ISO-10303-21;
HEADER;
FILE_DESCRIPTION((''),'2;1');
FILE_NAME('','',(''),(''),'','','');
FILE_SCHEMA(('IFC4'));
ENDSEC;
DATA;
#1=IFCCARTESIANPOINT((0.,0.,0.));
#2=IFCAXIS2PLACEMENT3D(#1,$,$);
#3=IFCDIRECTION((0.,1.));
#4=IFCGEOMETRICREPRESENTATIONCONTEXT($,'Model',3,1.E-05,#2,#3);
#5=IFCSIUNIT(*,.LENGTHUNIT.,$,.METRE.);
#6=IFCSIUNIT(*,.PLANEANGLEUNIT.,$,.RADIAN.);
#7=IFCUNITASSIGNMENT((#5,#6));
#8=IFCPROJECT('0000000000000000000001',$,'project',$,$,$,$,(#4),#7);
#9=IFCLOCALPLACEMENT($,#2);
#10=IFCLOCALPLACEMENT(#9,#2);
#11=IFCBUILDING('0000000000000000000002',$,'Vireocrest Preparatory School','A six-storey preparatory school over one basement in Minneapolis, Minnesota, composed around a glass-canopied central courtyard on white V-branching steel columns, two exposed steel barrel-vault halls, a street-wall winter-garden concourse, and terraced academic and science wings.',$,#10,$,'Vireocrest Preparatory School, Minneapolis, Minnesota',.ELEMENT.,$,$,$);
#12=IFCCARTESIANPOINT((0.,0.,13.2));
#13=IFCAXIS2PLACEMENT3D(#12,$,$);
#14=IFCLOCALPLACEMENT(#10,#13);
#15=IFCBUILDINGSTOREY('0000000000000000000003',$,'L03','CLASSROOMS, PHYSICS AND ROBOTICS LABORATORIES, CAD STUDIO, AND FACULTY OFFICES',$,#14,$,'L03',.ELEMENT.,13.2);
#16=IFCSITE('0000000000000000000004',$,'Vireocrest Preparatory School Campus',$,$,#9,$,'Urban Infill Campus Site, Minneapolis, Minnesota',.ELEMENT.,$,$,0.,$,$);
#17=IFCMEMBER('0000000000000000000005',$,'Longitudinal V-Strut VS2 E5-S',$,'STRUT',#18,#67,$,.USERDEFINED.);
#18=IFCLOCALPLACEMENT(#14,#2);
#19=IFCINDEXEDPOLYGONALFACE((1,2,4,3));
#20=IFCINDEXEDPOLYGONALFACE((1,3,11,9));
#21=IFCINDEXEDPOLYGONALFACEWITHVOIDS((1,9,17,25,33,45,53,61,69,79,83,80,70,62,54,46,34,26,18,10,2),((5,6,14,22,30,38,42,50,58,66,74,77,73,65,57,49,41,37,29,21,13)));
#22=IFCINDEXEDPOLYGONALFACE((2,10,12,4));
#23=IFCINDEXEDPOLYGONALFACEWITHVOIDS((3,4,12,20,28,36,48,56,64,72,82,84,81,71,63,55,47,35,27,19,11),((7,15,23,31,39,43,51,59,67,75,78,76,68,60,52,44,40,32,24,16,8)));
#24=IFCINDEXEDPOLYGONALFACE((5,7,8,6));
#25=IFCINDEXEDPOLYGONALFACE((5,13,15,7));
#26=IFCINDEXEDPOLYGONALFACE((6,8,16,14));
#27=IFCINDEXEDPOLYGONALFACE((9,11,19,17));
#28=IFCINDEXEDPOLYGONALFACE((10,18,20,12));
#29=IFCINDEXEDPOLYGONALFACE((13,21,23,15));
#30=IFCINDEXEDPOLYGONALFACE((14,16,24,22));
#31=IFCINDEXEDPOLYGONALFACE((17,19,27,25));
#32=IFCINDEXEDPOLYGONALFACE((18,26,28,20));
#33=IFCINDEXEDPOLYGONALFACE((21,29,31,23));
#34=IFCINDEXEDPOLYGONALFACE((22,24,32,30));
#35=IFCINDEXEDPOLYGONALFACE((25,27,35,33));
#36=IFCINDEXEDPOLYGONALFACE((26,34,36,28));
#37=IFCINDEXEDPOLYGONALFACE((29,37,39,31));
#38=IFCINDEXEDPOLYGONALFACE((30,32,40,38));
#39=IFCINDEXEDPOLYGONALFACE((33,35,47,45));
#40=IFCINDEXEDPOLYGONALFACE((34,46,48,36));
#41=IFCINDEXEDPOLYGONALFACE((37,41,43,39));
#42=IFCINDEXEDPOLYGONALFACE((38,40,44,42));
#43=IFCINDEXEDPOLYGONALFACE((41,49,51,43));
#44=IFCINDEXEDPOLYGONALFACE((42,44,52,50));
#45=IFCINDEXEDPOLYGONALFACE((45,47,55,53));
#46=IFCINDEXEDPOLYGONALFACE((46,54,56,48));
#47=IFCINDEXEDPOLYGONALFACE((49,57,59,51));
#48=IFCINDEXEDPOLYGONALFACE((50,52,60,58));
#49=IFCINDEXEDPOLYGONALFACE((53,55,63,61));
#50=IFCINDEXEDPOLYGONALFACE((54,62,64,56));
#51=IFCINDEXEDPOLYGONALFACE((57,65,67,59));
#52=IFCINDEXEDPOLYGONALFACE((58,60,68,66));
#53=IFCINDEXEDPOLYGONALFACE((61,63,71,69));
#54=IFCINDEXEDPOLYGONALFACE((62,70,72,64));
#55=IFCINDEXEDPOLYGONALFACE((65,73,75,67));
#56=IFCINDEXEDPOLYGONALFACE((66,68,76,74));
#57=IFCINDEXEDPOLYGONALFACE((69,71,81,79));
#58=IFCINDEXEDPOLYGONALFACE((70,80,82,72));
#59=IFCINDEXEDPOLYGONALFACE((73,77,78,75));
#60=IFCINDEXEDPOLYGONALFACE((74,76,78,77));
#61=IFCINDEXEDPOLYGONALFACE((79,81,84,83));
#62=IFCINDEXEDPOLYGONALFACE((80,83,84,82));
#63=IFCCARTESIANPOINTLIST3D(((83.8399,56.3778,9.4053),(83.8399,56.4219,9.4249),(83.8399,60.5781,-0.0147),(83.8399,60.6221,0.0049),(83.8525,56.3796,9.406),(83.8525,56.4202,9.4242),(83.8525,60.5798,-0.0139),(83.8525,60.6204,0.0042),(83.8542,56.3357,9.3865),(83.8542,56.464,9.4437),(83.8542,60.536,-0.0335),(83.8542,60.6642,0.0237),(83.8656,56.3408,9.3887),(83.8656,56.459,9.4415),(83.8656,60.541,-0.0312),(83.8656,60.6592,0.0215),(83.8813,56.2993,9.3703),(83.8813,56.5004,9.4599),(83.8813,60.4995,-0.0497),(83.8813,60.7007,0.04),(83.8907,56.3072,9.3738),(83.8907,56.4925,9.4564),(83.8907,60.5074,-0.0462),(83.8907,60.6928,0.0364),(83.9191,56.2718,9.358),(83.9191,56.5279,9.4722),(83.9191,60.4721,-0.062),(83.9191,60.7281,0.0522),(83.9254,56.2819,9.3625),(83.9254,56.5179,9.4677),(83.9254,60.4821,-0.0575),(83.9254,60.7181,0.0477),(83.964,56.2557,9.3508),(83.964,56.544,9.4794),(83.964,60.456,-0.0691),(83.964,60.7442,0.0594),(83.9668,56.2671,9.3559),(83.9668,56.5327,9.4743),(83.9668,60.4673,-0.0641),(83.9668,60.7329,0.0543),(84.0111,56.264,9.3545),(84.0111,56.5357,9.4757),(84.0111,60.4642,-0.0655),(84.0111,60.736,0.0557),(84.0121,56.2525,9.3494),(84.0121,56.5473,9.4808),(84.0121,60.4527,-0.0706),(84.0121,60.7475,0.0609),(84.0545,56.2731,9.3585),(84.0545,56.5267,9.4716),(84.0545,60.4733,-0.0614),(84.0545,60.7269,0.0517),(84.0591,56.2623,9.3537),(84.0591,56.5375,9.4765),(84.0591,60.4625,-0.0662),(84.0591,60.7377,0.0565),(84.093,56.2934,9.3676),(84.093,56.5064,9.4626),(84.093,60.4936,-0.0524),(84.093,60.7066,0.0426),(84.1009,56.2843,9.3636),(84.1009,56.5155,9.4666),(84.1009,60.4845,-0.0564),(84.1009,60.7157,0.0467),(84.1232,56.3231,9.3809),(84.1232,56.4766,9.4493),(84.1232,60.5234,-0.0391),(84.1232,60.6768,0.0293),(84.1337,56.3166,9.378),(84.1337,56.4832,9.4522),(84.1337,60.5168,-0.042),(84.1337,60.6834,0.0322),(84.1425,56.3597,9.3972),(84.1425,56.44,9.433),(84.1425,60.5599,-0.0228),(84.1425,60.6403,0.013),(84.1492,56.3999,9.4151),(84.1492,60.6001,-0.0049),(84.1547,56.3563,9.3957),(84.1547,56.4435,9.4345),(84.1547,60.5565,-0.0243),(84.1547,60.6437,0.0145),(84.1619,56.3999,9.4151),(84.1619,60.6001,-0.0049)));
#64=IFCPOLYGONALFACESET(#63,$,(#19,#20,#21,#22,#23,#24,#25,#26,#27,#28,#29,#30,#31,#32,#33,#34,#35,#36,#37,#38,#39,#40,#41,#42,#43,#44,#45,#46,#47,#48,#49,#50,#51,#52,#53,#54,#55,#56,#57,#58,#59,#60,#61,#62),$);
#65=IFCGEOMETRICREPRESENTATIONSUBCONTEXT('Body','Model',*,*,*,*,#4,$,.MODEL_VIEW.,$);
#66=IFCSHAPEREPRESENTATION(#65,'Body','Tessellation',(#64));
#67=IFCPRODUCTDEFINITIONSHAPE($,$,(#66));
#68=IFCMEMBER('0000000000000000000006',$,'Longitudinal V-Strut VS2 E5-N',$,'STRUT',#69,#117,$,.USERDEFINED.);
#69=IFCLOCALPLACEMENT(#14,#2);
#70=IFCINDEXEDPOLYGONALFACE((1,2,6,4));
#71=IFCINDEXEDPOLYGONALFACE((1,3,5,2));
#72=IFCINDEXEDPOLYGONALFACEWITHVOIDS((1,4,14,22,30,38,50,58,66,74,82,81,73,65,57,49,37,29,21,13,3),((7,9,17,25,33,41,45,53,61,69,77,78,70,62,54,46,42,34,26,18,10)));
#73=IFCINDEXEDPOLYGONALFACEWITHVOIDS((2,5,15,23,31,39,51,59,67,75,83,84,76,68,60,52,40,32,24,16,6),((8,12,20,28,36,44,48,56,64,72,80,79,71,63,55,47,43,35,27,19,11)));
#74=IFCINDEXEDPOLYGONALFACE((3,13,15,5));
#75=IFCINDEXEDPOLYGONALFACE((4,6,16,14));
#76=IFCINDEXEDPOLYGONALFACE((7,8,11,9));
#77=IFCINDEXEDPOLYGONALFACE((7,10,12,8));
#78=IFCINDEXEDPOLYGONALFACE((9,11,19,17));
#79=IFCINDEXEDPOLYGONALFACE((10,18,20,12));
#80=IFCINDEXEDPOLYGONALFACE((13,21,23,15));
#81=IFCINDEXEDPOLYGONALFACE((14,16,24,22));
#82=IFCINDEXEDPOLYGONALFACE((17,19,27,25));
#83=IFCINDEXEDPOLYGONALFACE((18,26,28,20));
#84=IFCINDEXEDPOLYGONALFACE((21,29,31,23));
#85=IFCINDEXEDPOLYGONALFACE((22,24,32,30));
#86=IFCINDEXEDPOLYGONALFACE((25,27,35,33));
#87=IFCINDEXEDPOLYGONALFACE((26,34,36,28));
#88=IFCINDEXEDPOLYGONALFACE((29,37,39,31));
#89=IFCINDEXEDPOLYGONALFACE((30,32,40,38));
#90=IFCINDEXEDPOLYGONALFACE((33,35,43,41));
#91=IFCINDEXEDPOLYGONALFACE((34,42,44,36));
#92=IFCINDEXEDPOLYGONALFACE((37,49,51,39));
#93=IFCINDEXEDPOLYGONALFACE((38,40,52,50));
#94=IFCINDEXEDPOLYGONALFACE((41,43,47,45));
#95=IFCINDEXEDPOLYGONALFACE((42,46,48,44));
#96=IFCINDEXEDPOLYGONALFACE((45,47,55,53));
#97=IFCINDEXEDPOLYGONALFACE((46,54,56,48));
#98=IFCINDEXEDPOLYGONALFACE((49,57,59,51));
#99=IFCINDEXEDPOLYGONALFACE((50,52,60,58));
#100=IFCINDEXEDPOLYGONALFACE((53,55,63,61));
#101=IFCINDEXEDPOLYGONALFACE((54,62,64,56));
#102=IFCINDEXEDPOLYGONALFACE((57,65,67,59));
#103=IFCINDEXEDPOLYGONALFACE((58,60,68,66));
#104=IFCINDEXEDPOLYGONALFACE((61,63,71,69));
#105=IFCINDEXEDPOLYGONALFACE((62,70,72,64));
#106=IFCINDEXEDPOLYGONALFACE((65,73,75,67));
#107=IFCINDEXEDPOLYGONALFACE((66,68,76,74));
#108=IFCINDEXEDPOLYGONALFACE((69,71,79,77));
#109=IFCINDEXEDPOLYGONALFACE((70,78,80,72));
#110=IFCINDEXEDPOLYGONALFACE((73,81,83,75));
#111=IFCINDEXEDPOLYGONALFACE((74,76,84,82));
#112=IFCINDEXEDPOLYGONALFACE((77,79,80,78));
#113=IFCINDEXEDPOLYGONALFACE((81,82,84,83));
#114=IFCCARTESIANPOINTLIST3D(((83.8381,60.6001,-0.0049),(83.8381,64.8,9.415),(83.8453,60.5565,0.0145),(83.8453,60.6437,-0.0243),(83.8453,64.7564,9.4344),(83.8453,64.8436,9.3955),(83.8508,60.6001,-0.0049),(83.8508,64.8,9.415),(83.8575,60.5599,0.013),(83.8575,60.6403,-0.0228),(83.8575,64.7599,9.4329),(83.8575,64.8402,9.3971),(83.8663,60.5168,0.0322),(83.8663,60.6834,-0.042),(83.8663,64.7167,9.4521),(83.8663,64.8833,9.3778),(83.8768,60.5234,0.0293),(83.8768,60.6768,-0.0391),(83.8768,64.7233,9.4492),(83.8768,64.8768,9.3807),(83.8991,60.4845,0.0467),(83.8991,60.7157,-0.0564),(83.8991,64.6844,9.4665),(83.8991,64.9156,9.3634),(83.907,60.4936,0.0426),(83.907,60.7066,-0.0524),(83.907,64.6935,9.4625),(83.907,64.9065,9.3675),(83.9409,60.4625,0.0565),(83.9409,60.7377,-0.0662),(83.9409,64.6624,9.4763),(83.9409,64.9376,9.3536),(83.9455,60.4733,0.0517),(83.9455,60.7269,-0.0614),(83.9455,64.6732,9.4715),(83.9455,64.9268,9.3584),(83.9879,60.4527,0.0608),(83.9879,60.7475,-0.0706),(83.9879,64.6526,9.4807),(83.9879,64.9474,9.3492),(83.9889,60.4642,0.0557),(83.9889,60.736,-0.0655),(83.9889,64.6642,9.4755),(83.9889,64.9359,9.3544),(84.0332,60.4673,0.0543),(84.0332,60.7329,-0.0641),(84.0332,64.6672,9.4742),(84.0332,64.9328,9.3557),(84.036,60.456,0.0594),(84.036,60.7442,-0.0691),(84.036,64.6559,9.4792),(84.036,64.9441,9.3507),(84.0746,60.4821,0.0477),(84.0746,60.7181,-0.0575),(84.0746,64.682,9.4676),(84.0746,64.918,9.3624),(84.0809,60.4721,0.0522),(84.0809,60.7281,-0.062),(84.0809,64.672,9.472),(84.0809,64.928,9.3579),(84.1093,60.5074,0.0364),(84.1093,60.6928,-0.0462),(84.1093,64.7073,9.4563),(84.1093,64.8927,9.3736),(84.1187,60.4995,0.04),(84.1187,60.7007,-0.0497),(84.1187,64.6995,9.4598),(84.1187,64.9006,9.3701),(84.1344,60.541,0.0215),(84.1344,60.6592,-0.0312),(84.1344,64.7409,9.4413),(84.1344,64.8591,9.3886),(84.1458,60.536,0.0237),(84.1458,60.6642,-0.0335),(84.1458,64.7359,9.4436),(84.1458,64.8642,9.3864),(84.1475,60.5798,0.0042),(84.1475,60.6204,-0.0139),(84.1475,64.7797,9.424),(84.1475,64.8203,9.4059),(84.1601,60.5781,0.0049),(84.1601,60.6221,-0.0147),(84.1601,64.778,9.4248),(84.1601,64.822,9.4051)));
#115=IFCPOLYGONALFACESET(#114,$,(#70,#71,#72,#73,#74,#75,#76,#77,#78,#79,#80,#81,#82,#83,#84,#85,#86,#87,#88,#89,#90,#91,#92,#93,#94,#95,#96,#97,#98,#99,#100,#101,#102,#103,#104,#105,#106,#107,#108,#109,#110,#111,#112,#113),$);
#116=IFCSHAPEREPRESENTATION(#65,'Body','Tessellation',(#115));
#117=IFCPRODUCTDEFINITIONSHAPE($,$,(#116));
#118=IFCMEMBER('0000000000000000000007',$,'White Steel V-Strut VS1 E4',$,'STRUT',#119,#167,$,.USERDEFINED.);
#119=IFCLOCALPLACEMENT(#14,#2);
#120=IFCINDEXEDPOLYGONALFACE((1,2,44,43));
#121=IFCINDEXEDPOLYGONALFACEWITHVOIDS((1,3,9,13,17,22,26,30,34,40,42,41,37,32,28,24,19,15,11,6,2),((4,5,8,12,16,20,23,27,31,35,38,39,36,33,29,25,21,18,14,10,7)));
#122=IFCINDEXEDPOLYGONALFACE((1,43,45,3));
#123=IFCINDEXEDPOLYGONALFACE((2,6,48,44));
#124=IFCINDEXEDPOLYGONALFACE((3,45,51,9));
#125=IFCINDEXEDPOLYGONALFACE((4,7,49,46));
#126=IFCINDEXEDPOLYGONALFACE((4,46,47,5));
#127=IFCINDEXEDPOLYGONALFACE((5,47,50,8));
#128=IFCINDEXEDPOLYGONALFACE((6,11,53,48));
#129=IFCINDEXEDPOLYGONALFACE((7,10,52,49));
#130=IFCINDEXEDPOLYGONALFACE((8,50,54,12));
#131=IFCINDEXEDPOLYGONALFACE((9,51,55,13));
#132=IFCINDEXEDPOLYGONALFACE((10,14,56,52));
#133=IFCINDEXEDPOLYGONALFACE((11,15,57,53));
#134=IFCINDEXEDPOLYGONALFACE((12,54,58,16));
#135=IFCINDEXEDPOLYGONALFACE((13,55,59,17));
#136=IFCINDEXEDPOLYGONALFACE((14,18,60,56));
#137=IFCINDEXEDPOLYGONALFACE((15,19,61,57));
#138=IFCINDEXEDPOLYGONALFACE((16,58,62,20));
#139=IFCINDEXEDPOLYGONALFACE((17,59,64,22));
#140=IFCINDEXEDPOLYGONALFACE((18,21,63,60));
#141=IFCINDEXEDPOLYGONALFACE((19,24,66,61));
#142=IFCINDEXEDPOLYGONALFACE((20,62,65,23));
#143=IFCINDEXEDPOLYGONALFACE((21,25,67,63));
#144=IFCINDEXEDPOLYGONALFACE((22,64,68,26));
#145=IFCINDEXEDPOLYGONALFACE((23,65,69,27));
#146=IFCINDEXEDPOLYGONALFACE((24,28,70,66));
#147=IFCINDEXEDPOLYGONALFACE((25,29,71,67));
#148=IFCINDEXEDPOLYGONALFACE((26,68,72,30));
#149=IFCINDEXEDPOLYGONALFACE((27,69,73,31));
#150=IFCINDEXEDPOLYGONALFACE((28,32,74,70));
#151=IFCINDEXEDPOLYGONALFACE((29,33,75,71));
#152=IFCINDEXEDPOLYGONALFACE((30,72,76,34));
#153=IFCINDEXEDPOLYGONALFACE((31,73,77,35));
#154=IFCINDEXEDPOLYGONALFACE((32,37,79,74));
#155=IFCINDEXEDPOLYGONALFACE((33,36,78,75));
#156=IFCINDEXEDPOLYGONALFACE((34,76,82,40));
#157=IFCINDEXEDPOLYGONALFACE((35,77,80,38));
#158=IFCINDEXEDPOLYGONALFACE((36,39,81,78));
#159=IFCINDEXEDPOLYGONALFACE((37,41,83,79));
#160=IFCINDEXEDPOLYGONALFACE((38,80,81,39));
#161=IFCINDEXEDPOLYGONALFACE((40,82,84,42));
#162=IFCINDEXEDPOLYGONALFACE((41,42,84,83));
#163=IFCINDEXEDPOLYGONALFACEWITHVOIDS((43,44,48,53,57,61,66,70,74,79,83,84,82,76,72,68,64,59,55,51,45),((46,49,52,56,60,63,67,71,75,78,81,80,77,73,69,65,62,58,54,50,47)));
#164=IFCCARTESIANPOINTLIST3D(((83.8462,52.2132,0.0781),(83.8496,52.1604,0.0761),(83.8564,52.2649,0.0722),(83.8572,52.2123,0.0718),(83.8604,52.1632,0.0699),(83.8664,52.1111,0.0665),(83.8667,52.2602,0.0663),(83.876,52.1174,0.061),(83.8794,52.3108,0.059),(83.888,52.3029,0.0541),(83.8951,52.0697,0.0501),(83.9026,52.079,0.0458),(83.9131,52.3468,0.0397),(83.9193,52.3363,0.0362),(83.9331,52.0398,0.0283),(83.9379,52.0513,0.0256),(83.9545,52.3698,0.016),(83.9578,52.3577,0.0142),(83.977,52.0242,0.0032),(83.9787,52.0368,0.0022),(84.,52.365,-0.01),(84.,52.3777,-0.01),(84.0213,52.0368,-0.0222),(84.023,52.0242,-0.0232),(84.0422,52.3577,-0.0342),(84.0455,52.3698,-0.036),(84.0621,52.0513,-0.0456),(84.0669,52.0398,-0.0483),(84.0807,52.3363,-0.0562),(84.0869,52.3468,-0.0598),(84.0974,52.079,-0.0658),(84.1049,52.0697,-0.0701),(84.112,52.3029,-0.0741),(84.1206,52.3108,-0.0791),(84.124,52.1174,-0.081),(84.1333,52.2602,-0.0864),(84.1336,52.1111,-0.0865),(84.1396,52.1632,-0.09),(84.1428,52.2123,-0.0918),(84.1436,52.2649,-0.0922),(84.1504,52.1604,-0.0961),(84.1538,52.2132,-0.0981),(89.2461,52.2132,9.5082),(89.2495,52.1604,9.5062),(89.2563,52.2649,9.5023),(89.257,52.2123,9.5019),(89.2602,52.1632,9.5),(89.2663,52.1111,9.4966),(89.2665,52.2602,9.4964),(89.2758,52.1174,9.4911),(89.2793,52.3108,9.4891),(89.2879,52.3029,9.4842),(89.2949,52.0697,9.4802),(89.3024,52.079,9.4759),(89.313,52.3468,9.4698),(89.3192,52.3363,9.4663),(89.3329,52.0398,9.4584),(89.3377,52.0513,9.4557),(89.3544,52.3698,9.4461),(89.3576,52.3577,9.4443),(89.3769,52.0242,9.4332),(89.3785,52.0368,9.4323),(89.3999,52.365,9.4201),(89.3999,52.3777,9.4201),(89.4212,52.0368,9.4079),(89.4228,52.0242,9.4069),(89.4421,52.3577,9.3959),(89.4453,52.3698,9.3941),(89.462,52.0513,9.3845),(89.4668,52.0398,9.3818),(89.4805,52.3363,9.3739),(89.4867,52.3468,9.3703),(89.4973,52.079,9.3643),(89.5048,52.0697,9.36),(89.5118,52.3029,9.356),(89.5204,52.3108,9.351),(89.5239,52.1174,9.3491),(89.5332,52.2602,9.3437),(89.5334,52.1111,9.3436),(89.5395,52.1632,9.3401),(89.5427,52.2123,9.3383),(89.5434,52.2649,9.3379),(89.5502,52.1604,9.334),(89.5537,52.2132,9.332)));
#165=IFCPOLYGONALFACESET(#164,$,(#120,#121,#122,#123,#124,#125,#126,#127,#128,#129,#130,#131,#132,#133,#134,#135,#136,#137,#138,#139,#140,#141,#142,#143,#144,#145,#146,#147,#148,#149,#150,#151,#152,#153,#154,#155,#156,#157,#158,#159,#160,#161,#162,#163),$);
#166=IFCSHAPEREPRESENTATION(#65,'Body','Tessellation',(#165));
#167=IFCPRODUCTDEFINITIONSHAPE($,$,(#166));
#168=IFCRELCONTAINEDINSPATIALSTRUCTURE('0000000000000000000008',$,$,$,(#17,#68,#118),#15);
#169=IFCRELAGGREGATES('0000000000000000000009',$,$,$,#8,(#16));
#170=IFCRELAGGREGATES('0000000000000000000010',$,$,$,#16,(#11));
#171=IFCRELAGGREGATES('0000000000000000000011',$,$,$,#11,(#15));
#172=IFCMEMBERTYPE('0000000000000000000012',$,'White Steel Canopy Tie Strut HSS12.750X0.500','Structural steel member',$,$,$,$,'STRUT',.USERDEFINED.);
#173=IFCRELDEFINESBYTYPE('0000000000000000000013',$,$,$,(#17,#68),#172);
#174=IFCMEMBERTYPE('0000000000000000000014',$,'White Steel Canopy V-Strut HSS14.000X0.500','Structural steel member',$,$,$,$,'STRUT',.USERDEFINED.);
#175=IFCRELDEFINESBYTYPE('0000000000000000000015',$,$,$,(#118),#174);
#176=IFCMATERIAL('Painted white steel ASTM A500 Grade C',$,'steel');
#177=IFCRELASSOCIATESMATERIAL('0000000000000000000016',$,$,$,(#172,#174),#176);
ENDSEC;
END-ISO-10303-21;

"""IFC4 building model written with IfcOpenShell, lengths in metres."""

from ifc_helpers import new_model, si_unit, direction, frame, origin, origin_2d, place, context, subcontext, project, spatial, hollow_circle, extrude, material, material_profile, profile_set, type_object, element, save


model = new_model("IFC4")

# Units and contexts
model_context = context("Model", 3, precision=1e-05, world=origin(), true_north=direction((0.0, 1.0)))
body_context = subcontext(model_context, "Body", "Model", "MODEL_VIEW")
ifc_project = project(units=[si_unit("LENGTHUNIT", "METRE"), si_unit("PLANEANGLEUNIT", "RADIAN")], contexts=[model_context])

# Site, building, storey
site_placement = place(None, origin())
site = spatial("IfcSite", under=ifc_project, at=site_placement, Name="Vireocrest Preparatory School Campus", LongName="Urban Infill Campus Site, Minneapolis, Minnesota", CompositionType="ELEMENT", RefElevation=0.0)
building_placement = place(site_placement, origin())
building = spatial("IfcBuilding", under=site, at=building_placement, Name="Vireocrest Preparatory School", Description="A six-storey preparatory school over one basement in Minneapolis, Minnesota, composed around a glass-canopied central courtyard on white V-branching steel columns, two exposed steel barrel-vault halls, a street-wall winter-garden concourse, and terraced academic and science wings.", LongName="Vireocrest Preparatory School, Minneapolis, Minnesota", CompositionType="ELEMENT")
storey_placement = place(building_placement, frame((0.0, 0.0, 13.2)))
storey = spatial("IfcBuildingStorey", under=building, at=storey_placement, Name="L03", Description="CLASSROOMS, PHYSICS AND ROBOTICS LABORATORIES, CAD STUDIO, AND FACULTY OFFICES", LongName="L03", CompositionType="ELEMENT", Elevation=13.2)

# Members
ifc_material_1 = material(Name="Painted white steel ASTM A500 Grade C", Category="steel")
ifc_material_profile_1 = material_profile(ifc_material_1, hollow_circle(Radius=0.1619, WallThickness=0.0127, at=origin_2d()), Name="HSS12.750X0.500")
ifc_profile_set_1 = profile_set([ifc_material_profile_1], Name="Painted white steel ASTM A500 Grade C")
member_type_1 = type_object("IfcMemberType", Name="White Steel Canopy Tie Strut HSS12.750X0.500", Description="Structural steel member", ElementType="STRUT", PredefinedType="USERDEFINED", material=ifc_profile_set_1)
member_1_placement = place(storey_placement, frame((84.0, 60.6001, -0.0049), z_axis=(0.0, -0.407236, 0.913323), x_axis=(1.0, 0.0, 0.0)))
element("IfcMember", 1, at=member_1_placement, inside=storey, type_object=member_type_1, Name="Longitudinal V-Strut VS2 E5-S", ObjectType="STRUT", PredefinedType="USERDEFINED", context=body_context, shape_type="SweptSolid", body=[
    extrude(hollow_circle(Radius=0.1619, WallThickness=0.0127, at=origin_2d()), origin(), (0.0, 0.0, 1.0), 10.314),
])
member_2_placement = place(storey_placement, frame((84.0, 60.6001, -0.0049), z_axis=(0.0, 0.407217, 0.913332), x_axis=(-1.0, 0.0, 0.0)))
element("IfcMember", 2, at=member_2_placement, inside=storey, type_object=member_type_1, Name="Longitudinal V-Strut VS2 E5-N", ObjectType="STRUT", PredefinedType="USERDEFINED", context=body_context, shape_type="SweptSolid", body=[
    extrude(hollow_circle(Radius=0.1619, WallThickness=0.0127, at=origin_2d()), origin(), (0.0, 0.0, 1.0), 10.3137),
])
ifc_material_profile_2 = material_profile(ifc_material_1, hollow_circle(Radius=0.1777, WallThickness=0.0127, at=origin_2d()), Name="HSS14.000X0.500")
ifc_profile_set_2 = profile_set([ifc_material_profile_2], Name="Painted white steel ASTM A500 Grade C")
member_type_2 = type_object("IfcMemberType", Name="White Steel Canopy V-Strut HSS14.000X0.500", Description="Structural steel member", ElementType="STRUT", PredefinedType="USERDEFINED", material=ifc_profile_set_2)
member_3_placement = place(storey_placement, frame((84.0, 52.2, -0.01), z_axis=(0.496918, 0.0, 0.867798), x_axis=(0.0, 1.0, 0.0)))
element("IfcMember", 3, at=member_3_placement, inside=storey, type_object=member_type_2, Name="White Steel V-Strut VS1 E4", ObjectType="STRUT", PredefinedType="USERDEFINED", context=body_context, shape_type="SweptSolid", body=[
    extrude(hollow_circle(Radius=0.1777, WallThickness=0.0127, at=origin_2d()), origin(), (0.0, 0.0, 1.0), 10.8667),
])

save(model, "model.ifc")
